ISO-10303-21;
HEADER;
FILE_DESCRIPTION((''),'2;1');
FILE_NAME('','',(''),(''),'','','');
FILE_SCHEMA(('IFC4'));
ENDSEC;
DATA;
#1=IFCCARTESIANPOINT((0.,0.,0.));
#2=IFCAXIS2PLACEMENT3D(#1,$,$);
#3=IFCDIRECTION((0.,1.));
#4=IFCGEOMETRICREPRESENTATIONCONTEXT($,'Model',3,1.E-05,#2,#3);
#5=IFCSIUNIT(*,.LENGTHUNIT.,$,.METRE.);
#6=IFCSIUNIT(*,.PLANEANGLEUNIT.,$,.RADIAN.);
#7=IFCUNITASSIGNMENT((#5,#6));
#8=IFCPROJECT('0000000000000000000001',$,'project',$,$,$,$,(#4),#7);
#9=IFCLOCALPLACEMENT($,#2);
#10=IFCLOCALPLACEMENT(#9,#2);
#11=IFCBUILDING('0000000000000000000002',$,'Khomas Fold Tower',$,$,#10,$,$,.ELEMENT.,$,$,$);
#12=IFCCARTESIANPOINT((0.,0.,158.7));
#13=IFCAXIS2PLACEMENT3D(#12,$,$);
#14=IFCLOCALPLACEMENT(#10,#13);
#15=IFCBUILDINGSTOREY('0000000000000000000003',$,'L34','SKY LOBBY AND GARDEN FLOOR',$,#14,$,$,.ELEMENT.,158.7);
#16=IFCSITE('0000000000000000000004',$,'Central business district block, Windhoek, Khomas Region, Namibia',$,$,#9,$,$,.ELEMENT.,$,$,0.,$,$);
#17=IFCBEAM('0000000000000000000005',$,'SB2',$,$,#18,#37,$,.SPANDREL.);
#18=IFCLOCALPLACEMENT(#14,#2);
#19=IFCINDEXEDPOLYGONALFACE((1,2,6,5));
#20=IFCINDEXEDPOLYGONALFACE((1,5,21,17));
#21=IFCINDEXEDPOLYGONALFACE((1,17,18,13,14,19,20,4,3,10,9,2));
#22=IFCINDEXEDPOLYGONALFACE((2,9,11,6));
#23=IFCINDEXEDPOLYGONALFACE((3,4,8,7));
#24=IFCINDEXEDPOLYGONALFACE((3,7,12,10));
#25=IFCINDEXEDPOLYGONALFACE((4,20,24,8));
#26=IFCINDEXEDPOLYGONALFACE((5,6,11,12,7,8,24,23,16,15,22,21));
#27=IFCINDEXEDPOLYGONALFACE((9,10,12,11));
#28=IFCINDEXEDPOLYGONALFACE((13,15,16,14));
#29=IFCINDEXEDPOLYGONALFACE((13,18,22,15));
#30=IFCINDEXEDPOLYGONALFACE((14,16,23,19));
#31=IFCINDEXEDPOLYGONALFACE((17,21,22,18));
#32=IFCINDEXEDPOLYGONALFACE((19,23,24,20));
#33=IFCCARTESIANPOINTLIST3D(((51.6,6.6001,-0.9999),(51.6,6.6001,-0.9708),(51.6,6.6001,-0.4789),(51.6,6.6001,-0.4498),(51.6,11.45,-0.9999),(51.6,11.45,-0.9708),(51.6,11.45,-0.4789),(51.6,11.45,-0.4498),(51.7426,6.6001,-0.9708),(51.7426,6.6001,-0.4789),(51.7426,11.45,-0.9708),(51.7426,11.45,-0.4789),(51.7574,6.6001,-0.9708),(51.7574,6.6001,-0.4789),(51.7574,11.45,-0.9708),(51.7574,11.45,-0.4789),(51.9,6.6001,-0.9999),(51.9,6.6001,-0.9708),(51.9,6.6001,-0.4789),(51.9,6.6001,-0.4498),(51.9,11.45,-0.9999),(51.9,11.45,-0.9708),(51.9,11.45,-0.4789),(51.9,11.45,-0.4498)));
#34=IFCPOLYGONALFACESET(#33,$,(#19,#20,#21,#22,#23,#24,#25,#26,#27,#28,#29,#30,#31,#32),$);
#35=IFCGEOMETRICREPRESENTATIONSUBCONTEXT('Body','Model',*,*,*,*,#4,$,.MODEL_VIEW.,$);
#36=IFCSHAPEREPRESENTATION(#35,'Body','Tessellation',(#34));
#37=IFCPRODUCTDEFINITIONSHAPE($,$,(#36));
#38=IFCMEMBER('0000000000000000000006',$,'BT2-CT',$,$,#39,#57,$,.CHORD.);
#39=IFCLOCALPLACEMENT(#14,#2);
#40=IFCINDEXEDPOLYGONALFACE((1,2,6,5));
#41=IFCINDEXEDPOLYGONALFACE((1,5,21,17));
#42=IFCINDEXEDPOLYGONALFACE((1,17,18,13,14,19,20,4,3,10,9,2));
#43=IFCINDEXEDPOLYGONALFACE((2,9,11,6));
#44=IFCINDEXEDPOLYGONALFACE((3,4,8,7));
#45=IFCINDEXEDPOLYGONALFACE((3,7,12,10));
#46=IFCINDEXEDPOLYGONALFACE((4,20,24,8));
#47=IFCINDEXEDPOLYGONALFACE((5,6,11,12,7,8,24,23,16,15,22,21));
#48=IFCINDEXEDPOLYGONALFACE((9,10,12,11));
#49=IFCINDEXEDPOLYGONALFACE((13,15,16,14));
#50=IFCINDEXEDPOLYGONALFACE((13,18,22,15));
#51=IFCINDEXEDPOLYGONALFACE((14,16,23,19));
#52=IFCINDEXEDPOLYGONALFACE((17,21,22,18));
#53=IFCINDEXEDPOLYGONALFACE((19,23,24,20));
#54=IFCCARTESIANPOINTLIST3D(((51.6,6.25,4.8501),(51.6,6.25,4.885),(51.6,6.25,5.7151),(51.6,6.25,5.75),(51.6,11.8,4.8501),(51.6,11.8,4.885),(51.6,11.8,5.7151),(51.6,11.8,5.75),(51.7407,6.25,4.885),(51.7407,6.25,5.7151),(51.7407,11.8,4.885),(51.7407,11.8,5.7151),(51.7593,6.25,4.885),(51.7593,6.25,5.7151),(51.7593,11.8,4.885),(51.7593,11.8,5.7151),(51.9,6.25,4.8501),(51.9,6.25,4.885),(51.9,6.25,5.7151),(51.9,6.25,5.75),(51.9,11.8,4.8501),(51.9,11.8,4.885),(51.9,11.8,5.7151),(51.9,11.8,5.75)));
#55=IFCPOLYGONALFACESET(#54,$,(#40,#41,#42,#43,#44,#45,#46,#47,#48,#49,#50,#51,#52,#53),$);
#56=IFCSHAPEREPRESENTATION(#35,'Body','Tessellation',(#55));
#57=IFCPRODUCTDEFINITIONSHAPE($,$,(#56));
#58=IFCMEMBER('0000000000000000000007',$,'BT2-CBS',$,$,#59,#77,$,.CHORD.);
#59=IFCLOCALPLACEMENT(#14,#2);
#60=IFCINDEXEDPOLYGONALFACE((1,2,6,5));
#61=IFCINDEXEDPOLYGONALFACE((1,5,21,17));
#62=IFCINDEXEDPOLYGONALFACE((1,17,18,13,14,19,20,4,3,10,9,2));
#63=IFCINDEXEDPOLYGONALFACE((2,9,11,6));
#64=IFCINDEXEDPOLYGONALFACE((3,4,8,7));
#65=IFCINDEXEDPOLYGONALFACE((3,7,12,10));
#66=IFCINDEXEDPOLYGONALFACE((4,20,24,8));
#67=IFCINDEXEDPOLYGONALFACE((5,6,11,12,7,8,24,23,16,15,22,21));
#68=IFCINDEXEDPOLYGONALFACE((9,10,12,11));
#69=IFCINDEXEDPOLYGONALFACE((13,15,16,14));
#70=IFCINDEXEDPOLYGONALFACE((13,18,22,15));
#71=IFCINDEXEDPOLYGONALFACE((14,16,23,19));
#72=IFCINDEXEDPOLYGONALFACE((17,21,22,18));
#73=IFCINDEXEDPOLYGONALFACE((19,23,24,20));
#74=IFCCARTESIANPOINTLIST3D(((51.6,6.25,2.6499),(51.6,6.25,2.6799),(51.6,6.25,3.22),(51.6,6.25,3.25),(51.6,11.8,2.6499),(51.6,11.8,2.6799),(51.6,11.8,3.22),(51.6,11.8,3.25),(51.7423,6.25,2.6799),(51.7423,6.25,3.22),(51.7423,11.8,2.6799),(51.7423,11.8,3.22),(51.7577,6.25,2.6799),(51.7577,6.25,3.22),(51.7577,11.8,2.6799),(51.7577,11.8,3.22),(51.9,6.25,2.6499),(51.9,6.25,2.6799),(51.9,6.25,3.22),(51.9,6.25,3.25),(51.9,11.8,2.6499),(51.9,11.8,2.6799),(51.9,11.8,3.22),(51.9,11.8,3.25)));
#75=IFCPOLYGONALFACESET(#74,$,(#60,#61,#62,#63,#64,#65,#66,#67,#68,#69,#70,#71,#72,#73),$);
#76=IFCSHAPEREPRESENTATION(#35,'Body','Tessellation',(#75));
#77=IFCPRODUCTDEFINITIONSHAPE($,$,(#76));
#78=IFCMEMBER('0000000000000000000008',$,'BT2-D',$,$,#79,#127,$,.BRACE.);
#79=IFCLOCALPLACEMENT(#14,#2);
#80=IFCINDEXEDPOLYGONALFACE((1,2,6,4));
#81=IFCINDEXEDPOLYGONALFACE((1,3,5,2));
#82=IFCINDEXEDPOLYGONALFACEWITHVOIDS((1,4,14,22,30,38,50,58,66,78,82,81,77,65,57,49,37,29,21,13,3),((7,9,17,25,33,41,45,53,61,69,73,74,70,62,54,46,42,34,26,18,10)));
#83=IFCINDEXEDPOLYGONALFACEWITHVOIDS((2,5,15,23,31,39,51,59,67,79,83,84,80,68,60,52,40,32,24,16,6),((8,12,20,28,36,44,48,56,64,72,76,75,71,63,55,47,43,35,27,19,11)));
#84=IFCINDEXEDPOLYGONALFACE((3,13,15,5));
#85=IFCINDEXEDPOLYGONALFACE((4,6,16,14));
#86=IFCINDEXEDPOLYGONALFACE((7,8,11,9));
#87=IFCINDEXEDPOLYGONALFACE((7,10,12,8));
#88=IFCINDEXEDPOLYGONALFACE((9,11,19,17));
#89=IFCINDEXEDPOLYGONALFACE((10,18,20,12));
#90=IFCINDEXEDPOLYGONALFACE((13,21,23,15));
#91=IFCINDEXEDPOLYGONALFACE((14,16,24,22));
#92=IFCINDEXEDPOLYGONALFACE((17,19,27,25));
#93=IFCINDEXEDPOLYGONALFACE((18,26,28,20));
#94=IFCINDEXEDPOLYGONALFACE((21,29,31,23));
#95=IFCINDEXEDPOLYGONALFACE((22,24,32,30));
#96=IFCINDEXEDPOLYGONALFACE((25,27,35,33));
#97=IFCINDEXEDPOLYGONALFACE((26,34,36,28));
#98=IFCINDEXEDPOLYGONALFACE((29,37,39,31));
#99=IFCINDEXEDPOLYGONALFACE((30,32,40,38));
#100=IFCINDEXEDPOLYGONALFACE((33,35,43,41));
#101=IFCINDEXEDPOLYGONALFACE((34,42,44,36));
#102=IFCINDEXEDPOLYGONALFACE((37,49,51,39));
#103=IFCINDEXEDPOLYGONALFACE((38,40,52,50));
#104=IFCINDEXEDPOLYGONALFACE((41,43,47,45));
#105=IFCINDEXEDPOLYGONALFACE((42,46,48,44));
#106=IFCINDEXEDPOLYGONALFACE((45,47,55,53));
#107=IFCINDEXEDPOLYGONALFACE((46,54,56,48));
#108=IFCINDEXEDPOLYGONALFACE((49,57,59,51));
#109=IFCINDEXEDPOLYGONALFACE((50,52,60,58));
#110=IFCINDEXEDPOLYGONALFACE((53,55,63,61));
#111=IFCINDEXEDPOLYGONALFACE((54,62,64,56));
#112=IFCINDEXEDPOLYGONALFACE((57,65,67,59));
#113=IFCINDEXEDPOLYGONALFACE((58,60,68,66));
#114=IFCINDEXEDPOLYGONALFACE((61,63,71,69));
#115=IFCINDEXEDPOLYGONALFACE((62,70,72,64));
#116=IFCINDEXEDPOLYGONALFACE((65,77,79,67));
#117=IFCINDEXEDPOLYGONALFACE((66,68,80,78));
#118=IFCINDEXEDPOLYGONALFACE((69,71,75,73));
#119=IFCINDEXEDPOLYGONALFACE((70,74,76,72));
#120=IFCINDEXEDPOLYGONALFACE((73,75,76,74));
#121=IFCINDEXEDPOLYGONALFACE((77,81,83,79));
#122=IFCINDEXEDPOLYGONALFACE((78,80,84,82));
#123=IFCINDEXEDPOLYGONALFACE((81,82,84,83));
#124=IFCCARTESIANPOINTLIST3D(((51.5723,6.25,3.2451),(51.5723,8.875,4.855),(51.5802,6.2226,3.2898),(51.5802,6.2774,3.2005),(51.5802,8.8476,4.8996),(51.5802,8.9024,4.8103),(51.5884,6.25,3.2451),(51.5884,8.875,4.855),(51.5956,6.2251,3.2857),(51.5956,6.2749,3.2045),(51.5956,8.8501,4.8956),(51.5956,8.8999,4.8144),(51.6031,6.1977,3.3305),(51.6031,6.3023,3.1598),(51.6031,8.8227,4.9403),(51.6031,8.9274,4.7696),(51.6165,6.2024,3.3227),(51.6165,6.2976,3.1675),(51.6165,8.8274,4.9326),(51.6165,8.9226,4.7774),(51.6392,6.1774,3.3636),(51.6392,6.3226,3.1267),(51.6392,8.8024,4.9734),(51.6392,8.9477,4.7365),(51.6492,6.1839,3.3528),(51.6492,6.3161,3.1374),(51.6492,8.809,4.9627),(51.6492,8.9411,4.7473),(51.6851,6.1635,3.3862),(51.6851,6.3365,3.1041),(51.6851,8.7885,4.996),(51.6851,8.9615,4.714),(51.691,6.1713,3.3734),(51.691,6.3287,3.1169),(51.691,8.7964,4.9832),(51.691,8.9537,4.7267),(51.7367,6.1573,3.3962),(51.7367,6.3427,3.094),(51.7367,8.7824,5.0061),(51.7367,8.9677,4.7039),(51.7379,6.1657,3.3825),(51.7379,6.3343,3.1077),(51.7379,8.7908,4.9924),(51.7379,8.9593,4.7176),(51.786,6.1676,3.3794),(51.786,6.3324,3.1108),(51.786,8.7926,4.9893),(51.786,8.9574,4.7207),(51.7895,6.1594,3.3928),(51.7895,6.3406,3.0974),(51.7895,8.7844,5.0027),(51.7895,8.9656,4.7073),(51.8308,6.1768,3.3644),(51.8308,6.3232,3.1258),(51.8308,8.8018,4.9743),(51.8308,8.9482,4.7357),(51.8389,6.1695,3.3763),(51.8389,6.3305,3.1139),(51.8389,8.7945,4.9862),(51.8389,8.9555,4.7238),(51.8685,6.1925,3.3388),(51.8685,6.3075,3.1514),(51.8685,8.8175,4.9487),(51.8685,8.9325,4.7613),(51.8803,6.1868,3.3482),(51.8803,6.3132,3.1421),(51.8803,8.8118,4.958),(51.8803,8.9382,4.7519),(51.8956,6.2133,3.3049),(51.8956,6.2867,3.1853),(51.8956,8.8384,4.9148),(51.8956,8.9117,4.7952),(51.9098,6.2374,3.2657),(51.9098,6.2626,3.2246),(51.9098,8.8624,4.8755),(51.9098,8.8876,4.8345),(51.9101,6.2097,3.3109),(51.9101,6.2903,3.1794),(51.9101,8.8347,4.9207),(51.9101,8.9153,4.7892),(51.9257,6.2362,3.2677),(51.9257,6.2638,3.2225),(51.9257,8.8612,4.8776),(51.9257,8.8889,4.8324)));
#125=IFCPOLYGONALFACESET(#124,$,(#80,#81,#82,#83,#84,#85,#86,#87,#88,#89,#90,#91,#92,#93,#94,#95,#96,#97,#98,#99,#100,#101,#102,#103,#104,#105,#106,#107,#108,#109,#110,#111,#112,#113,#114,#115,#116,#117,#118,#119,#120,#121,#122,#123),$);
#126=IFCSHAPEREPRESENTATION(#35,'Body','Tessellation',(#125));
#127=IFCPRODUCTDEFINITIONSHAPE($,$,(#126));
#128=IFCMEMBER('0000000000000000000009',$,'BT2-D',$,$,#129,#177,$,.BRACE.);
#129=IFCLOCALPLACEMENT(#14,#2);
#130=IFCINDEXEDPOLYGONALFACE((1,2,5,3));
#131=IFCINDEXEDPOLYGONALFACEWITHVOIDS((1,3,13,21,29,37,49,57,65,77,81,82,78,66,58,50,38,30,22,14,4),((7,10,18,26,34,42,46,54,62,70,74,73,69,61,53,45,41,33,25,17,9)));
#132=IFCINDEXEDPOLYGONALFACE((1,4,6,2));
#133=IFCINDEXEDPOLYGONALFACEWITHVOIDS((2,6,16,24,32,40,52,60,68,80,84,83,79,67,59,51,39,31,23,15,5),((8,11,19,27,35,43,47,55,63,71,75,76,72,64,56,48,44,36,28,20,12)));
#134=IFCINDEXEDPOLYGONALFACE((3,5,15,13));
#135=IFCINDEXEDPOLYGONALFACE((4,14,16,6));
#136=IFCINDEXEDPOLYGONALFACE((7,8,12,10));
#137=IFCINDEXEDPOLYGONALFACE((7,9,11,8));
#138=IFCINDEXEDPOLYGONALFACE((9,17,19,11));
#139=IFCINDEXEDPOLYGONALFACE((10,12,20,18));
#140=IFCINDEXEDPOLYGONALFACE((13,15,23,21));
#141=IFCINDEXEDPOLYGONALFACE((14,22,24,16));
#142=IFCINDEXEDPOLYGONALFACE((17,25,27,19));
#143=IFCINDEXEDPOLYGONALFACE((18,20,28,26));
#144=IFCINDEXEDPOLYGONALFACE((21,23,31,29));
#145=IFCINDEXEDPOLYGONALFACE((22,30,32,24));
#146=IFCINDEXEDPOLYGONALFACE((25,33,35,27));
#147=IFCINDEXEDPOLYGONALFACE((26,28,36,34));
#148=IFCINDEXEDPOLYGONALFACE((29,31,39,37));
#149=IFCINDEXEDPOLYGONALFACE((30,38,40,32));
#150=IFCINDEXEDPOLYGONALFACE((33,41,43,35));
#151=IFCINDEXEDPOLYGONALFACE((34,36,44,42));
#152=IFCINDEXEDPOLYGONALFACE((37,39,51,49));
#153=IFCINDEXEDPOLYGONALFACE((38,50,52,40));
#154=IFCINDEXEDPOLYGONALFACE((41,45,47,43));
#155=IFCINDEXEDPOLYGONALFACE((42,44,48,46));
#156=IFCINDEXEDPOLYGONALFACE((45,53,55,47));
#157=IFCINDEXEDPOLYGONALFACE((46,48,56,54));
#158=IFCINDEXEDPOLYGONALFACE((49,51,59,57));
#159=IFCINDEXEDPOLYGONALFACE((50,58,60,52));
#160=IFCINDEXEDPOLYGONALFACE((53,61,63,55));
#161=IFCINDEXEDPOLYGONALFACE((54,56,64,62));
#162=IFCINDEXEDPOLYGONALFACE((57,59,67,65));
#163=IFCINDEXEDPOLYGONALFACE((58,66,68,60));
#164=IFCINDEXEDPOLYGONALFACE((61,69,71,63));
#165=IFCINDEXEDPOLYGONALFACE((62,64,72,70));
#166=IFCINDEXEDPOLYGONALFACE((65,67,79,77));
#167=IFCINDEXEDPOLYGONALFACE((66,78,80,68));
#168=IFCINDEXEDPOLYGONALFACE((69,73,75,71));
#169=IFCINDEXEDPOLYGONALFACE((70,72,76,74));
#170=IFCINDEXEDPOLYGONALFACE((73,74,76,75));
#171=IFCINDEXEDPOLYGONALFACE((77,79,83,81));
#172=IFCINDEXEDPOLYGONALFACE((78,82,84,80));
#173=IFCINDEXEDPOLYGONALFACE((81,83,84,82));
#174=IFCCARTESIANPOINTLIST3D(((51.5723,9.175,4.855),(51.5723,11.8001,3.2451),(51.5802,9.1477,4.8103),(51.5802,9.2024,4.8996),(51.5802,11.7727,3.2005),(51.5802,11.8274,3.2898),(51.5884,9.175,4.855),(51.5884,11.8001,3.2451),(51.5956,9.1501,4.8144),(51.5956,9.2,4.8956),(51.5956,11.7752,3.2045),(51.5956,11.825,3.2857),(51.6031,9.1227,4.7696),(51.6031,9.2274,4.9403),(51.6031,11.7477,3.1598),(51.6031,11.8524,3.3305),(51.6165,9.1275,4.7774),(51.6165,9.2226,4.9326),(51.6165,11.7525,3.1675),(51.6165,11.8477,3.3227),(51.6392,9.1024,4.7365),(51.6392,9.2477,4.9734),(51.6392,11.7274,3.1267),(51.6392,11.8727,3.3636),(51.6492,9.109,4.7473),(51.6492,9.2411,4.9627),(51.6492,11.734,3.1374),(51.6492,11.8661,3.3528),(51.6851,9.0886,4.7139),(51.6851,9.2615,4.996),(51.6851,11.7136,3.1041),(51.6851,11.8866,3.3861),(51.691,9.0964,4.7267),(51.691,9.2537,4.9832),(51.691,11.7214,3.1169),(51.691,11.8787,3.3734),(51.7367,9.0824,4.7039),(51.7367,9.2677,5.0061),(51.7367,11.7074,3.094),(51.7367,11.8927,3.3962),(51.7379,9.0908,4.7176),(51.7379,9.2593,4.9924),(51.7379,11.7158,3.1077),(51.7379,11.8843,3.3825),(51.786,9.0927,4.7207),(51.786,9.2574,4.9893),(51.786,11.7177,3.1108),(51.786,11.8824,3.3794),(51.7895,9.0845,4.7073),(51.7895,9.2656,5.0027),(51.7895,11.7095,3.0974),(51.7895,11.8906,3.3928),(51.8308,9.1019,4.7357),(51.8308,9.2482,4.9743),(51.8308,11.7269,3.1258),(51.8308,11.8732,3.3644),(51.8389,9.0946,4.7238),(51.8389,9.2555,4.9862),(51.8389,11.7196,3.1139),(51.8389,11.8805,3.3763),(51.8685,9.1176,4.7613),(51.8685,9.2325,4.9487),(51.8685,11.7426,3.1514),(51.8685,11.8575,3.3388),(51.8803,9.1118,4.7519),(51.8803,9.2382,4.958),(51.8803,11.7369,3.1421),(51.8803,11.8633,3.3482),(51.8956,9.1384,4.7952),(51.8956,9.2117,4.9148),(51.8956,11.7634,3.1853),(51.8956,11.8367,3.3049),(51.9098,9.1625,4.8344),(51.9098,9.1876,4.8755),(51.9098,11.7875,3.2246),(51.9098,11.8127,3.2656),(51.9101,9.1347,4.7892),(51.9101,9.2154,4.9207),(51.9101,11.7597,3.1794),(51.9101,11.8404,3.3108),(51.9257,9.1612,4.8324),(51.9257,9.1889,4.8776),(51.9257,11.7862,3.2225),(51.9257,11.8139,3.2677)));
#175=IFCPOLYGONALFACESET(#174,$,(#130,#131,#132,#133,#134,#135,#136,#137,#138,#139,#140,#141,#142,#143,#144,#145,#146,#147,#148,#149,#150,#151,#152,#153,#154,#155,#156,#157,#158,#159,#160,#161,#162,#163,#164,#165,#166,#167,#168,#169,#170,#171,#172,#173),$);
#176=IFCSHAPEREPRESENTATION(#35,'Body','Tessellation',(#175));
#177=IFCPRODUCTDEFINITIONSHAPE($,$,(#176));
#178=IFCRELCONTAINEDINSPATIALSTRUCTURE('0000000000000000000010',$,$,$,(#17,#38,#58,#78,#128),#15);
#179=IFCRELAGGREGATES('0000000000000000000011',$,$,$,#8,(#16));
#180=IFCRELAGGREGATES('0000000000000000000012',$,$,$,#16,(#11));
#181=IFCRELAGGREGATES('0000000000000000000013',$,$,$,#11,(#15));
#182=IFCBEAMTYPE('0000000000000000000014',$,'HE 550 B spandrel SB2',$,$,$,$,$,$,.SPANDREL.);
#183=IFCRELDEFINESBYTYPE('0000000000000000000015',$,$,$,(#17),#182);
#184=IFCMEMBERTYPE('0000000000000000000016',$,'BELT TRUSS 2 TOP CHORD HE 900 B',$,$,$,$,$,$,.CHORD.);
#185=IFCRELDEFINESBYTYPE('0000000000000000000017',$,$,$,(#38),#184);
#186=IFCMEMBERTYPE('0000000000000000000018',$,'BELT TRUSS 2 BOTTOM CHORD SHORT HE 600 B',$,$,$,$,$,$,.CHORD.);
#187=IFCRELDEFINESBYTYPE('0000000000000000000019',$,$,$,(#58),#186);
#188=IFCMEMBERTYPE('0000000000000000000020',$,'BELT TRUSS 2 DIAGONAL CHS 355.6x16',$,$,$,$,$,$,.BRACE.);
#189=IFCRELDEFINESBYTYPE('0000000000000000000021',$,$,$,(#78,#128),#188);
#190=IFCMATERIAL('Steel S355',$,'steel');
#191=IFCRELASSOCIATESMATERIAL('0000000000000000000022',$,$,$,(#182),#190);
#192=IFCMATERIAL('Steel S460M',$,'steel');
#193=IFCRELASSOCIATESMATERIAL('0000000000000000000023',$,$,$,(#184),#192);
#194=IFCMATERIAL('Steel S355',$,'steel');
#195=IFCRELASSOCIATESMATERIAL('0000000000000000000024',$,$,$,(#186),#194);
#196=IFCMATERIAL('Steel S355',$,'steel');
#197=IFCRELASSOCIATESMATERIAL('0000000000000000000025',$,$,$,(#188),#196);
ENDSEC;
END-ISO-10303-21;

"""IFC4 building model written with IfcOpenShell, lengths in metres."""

from ifc_helpers import new_model, si_unit, direction, frame, origin, origin_2d, place, context, subcontext, project, spatial, hollow_circle, i_section, extrude, source, transform, mapped, material, material_profile, profile_set, type_object, element, save


model = new_model("IFC4")

# Units and contexts
model_context = context("Model", 3, precision=1e-05, world=origin(), true_north=direction((0.0, 1.0)))
body_context = subcontext(model_context, "Body", "Model", "MODEL_VIEW")
ifc_project = project(units=[si_unit("LENGTHUNIT", "METRE"), si_unit("PLANEANGLEUNIT", "RADIAN")], contexts=[model_context])

# Site, building, storey
site_placement = place(None, origin())
site = spatial("IfcSite", under=ifc_project, at=site_placement, Name="Central business district block, Windhoek, Khomas Region, Namibia", CompositionType="ELEMENT", RefElevation=0.0)
building_placement = place(site_placement, origin())
building = spatial("IfcBuilding", under=site, at=building_placement, Name="Khomas Fold Tower", CompositionType="ELEMENT")
storey_placement = place(building_placement, frame((0.0, 0.0, 158.7)))
storey = spatial("IfcBuildingStorey", under=building, at=storey_placement, Name="L34", Description="SKY LOBBY AND GARDEN FLOOR", CompositionType="ELEMENT", Elevation=158.7)

# Beam
ifc_material_1 = material(Name="Steel S355", Category="steel")
ifc_material_profile_1 = material_profile(ifc_material_1, i_section(OverallWidth=0.3, OverallDepth=0.55, WebThickness=0.0149, FlangeThickness=0.0291, at=origin_2d()), Name="HE 550 B")
ifc_profile_set_1 = profile_set([ifc_material_profile_1], Name="Steel S355")
beam_type_1 = type_object("IfcBeamType", Name="HE 550 B spandrel SB2", PredefinedType="SPANDREL", material=ifc_profile_set_1)
shared_shape_1 = source(origin(), body_context, "Body", "SweptSolid", [
    extrude(i_section(OverallWidth=0.3, OverallDepth=0.55, WebThickness=0.0149, FlangeThickness=0.0291, at=origin_2d()), origin(), (0.0, 0.0, 1.0), 4.8499),
])
beam_1_placement = place(storey_placement, frame((51.75, 6.6001, -0.7249), z_axis=(0.0, 1.0, 0.0), x_axis=(-1.0, 0.0, 0.0)))
element("IfcBeam", 1, at=beam_1_placement, inside=storey, type_object=beam_type_1, Name="SB2", PredefinedType="SPANDREL", context=body_context, shape_type="MappedRepresentation", body=[
    mapped(shared_shape_1, transform((0.0, 0.0, 0.0))),
])

# Members
ifc_material_2 = material(Name="Steel S460M", Category="steel")
ifc_material_profile_2 = material_profile(ifc_material_2, i_section(OverallWidth=0.3, OverallDepth=0.8999, WebThickness=0.0186, FlangeThickness=0.0349, at=origin_2d()), Name="HE 900 B")
ifc_profile_set_2 = profile_set([ifc_material_profile_2], Name="Steel S460M")
member_type_1 = type_object("IfcMemberType", Name="BELT TRUSS 2 TOP CHORD HE 900 B", PredefinedType="CHORD", material=ifc_profile_set_2)
shared_shape_2 = source(origin(), body_context, "Body", "SweptSolid", [
    extrude(i_section(OverallWidth=0.3, OverallDepth=0.8999, WebThickness=0.0186, FlangeThickness=0.0349, at=origin_2d()), origin(), (0.0, 0.0, 1.0), 5.55),
])
member_1_placement = place(storey_placement, frame((51.75, 6.25, 5.3), z_axis=(0.0, 1.0, 0.0), x_axis=(-1.0, 0.0, 0.0)))
element("IfcMember", 2, at=member_1_placement, inside=storey, type_object=member_type_1, Name="BT2-CT", PredefinedType="CHORD", context=body_context, shape_type="MappedRepresentation", body=[
    mapped(shared_shape_2, transform((0.0, 0.0, 0.0))),
])
ifc_material_3 = material(Name="Steel S355", Category="steel")
ifc_material_profile_3 = material_profile(ifc_material_3, i_section(OverallWidth=0.3, OverallDepth=0.6001, WebThickness=0.0154, FlangeThickness=0.03, at=origin_2d()), Name="HE 600 B")
ifc_profile_set_3 = profile_set([ifc_material_profile_3], Name="Steel S355")
member_type_2 = type_object("IfcMemberType", Name="BELT TRUSS 2 BOTTOM CHORD SHORT HE 600 B", PredefinedType="CHORD", material=ifc_profile_set_3)
shared_shape_3 = source(origin(), body_context, "Body", "SweptSolid", [
    extrude(i_section(OverallWidth=0.3, OverallDepth=0.6001, WebThickness=0.0154, FlangeThickness=0.03, at=origin_2d()), origin(), (0.0, 0.0, 1.0), 5.55),
])
member_2_placement = place(storey_placement, frame((51.75, 6.25, 2.95), z_axis=(0.0, 1.0, 0.0), x_axis=(-1.0, 0.0, 0.0)))
element("IfcMember", 3, at=member_2_placement, inside=storey, type_object=member_type_2, Name="BT2-CBS", PredefinedType="CHORD", context=body_context, shape_type="MappedRepresentation", body=[
    mapped(shared_shape_3, transform((0.0, 0.0, 0.0))),
])
ifc_material_4 = material(Name="Steel S355", Category="steel")
ifc_material_profile_4 = material_profile(ifc_material_4, hollow_circle(Radius=0.1777, WallThickness=0.0161, at=origin_2d()), Name="CHS 355.6x16")
ifc_profile_set_4 = profile_set([ifc_material_profile_4], Name="Steel S355")
member_type_3 = type_object("IfcMemberType", Name="BELT TRUSS 2 DIAGONAL CHS 355.6x16", PredefinedType="BRACE", material=ifc_profile_set_4)
shared_shape_4 = source(origin(), body_context, "Body", "SweptSolid", [
    extrude(hollow_circle(Radius=0.1777, WallThickness=0.0161, at=origin_2d()), origin(), (0.0, 0.0, 1.0), 3.0793),
])
for number, where, z_axis, x_axis, name in (
    (4, (51.75, 6.25, 3.2451), (0.0, 0.852458, 0.522796), (-1.0, 0.0, 0.0), "BT2-D"),
    (5, (51.75, 9.175, 4.855), (0.0, 0.852458, -0.522796), (-1.0, 0.0, 0.0), "BT2-D"),
):
    element("IfcMember", number, at=place(storey_placement, frame(where, z_axis=z_axis, x_axis=x_axis)), inside=storey, type_object=member_type_3, Name=name, PredefinedType="BRACE", context=body_context, shape_type="MappedRepresentation", body=[
        mapped(shared_shape_4, transform((0.0, 0.0, 0.0))),
    ])

save(model, "model.ifc")
